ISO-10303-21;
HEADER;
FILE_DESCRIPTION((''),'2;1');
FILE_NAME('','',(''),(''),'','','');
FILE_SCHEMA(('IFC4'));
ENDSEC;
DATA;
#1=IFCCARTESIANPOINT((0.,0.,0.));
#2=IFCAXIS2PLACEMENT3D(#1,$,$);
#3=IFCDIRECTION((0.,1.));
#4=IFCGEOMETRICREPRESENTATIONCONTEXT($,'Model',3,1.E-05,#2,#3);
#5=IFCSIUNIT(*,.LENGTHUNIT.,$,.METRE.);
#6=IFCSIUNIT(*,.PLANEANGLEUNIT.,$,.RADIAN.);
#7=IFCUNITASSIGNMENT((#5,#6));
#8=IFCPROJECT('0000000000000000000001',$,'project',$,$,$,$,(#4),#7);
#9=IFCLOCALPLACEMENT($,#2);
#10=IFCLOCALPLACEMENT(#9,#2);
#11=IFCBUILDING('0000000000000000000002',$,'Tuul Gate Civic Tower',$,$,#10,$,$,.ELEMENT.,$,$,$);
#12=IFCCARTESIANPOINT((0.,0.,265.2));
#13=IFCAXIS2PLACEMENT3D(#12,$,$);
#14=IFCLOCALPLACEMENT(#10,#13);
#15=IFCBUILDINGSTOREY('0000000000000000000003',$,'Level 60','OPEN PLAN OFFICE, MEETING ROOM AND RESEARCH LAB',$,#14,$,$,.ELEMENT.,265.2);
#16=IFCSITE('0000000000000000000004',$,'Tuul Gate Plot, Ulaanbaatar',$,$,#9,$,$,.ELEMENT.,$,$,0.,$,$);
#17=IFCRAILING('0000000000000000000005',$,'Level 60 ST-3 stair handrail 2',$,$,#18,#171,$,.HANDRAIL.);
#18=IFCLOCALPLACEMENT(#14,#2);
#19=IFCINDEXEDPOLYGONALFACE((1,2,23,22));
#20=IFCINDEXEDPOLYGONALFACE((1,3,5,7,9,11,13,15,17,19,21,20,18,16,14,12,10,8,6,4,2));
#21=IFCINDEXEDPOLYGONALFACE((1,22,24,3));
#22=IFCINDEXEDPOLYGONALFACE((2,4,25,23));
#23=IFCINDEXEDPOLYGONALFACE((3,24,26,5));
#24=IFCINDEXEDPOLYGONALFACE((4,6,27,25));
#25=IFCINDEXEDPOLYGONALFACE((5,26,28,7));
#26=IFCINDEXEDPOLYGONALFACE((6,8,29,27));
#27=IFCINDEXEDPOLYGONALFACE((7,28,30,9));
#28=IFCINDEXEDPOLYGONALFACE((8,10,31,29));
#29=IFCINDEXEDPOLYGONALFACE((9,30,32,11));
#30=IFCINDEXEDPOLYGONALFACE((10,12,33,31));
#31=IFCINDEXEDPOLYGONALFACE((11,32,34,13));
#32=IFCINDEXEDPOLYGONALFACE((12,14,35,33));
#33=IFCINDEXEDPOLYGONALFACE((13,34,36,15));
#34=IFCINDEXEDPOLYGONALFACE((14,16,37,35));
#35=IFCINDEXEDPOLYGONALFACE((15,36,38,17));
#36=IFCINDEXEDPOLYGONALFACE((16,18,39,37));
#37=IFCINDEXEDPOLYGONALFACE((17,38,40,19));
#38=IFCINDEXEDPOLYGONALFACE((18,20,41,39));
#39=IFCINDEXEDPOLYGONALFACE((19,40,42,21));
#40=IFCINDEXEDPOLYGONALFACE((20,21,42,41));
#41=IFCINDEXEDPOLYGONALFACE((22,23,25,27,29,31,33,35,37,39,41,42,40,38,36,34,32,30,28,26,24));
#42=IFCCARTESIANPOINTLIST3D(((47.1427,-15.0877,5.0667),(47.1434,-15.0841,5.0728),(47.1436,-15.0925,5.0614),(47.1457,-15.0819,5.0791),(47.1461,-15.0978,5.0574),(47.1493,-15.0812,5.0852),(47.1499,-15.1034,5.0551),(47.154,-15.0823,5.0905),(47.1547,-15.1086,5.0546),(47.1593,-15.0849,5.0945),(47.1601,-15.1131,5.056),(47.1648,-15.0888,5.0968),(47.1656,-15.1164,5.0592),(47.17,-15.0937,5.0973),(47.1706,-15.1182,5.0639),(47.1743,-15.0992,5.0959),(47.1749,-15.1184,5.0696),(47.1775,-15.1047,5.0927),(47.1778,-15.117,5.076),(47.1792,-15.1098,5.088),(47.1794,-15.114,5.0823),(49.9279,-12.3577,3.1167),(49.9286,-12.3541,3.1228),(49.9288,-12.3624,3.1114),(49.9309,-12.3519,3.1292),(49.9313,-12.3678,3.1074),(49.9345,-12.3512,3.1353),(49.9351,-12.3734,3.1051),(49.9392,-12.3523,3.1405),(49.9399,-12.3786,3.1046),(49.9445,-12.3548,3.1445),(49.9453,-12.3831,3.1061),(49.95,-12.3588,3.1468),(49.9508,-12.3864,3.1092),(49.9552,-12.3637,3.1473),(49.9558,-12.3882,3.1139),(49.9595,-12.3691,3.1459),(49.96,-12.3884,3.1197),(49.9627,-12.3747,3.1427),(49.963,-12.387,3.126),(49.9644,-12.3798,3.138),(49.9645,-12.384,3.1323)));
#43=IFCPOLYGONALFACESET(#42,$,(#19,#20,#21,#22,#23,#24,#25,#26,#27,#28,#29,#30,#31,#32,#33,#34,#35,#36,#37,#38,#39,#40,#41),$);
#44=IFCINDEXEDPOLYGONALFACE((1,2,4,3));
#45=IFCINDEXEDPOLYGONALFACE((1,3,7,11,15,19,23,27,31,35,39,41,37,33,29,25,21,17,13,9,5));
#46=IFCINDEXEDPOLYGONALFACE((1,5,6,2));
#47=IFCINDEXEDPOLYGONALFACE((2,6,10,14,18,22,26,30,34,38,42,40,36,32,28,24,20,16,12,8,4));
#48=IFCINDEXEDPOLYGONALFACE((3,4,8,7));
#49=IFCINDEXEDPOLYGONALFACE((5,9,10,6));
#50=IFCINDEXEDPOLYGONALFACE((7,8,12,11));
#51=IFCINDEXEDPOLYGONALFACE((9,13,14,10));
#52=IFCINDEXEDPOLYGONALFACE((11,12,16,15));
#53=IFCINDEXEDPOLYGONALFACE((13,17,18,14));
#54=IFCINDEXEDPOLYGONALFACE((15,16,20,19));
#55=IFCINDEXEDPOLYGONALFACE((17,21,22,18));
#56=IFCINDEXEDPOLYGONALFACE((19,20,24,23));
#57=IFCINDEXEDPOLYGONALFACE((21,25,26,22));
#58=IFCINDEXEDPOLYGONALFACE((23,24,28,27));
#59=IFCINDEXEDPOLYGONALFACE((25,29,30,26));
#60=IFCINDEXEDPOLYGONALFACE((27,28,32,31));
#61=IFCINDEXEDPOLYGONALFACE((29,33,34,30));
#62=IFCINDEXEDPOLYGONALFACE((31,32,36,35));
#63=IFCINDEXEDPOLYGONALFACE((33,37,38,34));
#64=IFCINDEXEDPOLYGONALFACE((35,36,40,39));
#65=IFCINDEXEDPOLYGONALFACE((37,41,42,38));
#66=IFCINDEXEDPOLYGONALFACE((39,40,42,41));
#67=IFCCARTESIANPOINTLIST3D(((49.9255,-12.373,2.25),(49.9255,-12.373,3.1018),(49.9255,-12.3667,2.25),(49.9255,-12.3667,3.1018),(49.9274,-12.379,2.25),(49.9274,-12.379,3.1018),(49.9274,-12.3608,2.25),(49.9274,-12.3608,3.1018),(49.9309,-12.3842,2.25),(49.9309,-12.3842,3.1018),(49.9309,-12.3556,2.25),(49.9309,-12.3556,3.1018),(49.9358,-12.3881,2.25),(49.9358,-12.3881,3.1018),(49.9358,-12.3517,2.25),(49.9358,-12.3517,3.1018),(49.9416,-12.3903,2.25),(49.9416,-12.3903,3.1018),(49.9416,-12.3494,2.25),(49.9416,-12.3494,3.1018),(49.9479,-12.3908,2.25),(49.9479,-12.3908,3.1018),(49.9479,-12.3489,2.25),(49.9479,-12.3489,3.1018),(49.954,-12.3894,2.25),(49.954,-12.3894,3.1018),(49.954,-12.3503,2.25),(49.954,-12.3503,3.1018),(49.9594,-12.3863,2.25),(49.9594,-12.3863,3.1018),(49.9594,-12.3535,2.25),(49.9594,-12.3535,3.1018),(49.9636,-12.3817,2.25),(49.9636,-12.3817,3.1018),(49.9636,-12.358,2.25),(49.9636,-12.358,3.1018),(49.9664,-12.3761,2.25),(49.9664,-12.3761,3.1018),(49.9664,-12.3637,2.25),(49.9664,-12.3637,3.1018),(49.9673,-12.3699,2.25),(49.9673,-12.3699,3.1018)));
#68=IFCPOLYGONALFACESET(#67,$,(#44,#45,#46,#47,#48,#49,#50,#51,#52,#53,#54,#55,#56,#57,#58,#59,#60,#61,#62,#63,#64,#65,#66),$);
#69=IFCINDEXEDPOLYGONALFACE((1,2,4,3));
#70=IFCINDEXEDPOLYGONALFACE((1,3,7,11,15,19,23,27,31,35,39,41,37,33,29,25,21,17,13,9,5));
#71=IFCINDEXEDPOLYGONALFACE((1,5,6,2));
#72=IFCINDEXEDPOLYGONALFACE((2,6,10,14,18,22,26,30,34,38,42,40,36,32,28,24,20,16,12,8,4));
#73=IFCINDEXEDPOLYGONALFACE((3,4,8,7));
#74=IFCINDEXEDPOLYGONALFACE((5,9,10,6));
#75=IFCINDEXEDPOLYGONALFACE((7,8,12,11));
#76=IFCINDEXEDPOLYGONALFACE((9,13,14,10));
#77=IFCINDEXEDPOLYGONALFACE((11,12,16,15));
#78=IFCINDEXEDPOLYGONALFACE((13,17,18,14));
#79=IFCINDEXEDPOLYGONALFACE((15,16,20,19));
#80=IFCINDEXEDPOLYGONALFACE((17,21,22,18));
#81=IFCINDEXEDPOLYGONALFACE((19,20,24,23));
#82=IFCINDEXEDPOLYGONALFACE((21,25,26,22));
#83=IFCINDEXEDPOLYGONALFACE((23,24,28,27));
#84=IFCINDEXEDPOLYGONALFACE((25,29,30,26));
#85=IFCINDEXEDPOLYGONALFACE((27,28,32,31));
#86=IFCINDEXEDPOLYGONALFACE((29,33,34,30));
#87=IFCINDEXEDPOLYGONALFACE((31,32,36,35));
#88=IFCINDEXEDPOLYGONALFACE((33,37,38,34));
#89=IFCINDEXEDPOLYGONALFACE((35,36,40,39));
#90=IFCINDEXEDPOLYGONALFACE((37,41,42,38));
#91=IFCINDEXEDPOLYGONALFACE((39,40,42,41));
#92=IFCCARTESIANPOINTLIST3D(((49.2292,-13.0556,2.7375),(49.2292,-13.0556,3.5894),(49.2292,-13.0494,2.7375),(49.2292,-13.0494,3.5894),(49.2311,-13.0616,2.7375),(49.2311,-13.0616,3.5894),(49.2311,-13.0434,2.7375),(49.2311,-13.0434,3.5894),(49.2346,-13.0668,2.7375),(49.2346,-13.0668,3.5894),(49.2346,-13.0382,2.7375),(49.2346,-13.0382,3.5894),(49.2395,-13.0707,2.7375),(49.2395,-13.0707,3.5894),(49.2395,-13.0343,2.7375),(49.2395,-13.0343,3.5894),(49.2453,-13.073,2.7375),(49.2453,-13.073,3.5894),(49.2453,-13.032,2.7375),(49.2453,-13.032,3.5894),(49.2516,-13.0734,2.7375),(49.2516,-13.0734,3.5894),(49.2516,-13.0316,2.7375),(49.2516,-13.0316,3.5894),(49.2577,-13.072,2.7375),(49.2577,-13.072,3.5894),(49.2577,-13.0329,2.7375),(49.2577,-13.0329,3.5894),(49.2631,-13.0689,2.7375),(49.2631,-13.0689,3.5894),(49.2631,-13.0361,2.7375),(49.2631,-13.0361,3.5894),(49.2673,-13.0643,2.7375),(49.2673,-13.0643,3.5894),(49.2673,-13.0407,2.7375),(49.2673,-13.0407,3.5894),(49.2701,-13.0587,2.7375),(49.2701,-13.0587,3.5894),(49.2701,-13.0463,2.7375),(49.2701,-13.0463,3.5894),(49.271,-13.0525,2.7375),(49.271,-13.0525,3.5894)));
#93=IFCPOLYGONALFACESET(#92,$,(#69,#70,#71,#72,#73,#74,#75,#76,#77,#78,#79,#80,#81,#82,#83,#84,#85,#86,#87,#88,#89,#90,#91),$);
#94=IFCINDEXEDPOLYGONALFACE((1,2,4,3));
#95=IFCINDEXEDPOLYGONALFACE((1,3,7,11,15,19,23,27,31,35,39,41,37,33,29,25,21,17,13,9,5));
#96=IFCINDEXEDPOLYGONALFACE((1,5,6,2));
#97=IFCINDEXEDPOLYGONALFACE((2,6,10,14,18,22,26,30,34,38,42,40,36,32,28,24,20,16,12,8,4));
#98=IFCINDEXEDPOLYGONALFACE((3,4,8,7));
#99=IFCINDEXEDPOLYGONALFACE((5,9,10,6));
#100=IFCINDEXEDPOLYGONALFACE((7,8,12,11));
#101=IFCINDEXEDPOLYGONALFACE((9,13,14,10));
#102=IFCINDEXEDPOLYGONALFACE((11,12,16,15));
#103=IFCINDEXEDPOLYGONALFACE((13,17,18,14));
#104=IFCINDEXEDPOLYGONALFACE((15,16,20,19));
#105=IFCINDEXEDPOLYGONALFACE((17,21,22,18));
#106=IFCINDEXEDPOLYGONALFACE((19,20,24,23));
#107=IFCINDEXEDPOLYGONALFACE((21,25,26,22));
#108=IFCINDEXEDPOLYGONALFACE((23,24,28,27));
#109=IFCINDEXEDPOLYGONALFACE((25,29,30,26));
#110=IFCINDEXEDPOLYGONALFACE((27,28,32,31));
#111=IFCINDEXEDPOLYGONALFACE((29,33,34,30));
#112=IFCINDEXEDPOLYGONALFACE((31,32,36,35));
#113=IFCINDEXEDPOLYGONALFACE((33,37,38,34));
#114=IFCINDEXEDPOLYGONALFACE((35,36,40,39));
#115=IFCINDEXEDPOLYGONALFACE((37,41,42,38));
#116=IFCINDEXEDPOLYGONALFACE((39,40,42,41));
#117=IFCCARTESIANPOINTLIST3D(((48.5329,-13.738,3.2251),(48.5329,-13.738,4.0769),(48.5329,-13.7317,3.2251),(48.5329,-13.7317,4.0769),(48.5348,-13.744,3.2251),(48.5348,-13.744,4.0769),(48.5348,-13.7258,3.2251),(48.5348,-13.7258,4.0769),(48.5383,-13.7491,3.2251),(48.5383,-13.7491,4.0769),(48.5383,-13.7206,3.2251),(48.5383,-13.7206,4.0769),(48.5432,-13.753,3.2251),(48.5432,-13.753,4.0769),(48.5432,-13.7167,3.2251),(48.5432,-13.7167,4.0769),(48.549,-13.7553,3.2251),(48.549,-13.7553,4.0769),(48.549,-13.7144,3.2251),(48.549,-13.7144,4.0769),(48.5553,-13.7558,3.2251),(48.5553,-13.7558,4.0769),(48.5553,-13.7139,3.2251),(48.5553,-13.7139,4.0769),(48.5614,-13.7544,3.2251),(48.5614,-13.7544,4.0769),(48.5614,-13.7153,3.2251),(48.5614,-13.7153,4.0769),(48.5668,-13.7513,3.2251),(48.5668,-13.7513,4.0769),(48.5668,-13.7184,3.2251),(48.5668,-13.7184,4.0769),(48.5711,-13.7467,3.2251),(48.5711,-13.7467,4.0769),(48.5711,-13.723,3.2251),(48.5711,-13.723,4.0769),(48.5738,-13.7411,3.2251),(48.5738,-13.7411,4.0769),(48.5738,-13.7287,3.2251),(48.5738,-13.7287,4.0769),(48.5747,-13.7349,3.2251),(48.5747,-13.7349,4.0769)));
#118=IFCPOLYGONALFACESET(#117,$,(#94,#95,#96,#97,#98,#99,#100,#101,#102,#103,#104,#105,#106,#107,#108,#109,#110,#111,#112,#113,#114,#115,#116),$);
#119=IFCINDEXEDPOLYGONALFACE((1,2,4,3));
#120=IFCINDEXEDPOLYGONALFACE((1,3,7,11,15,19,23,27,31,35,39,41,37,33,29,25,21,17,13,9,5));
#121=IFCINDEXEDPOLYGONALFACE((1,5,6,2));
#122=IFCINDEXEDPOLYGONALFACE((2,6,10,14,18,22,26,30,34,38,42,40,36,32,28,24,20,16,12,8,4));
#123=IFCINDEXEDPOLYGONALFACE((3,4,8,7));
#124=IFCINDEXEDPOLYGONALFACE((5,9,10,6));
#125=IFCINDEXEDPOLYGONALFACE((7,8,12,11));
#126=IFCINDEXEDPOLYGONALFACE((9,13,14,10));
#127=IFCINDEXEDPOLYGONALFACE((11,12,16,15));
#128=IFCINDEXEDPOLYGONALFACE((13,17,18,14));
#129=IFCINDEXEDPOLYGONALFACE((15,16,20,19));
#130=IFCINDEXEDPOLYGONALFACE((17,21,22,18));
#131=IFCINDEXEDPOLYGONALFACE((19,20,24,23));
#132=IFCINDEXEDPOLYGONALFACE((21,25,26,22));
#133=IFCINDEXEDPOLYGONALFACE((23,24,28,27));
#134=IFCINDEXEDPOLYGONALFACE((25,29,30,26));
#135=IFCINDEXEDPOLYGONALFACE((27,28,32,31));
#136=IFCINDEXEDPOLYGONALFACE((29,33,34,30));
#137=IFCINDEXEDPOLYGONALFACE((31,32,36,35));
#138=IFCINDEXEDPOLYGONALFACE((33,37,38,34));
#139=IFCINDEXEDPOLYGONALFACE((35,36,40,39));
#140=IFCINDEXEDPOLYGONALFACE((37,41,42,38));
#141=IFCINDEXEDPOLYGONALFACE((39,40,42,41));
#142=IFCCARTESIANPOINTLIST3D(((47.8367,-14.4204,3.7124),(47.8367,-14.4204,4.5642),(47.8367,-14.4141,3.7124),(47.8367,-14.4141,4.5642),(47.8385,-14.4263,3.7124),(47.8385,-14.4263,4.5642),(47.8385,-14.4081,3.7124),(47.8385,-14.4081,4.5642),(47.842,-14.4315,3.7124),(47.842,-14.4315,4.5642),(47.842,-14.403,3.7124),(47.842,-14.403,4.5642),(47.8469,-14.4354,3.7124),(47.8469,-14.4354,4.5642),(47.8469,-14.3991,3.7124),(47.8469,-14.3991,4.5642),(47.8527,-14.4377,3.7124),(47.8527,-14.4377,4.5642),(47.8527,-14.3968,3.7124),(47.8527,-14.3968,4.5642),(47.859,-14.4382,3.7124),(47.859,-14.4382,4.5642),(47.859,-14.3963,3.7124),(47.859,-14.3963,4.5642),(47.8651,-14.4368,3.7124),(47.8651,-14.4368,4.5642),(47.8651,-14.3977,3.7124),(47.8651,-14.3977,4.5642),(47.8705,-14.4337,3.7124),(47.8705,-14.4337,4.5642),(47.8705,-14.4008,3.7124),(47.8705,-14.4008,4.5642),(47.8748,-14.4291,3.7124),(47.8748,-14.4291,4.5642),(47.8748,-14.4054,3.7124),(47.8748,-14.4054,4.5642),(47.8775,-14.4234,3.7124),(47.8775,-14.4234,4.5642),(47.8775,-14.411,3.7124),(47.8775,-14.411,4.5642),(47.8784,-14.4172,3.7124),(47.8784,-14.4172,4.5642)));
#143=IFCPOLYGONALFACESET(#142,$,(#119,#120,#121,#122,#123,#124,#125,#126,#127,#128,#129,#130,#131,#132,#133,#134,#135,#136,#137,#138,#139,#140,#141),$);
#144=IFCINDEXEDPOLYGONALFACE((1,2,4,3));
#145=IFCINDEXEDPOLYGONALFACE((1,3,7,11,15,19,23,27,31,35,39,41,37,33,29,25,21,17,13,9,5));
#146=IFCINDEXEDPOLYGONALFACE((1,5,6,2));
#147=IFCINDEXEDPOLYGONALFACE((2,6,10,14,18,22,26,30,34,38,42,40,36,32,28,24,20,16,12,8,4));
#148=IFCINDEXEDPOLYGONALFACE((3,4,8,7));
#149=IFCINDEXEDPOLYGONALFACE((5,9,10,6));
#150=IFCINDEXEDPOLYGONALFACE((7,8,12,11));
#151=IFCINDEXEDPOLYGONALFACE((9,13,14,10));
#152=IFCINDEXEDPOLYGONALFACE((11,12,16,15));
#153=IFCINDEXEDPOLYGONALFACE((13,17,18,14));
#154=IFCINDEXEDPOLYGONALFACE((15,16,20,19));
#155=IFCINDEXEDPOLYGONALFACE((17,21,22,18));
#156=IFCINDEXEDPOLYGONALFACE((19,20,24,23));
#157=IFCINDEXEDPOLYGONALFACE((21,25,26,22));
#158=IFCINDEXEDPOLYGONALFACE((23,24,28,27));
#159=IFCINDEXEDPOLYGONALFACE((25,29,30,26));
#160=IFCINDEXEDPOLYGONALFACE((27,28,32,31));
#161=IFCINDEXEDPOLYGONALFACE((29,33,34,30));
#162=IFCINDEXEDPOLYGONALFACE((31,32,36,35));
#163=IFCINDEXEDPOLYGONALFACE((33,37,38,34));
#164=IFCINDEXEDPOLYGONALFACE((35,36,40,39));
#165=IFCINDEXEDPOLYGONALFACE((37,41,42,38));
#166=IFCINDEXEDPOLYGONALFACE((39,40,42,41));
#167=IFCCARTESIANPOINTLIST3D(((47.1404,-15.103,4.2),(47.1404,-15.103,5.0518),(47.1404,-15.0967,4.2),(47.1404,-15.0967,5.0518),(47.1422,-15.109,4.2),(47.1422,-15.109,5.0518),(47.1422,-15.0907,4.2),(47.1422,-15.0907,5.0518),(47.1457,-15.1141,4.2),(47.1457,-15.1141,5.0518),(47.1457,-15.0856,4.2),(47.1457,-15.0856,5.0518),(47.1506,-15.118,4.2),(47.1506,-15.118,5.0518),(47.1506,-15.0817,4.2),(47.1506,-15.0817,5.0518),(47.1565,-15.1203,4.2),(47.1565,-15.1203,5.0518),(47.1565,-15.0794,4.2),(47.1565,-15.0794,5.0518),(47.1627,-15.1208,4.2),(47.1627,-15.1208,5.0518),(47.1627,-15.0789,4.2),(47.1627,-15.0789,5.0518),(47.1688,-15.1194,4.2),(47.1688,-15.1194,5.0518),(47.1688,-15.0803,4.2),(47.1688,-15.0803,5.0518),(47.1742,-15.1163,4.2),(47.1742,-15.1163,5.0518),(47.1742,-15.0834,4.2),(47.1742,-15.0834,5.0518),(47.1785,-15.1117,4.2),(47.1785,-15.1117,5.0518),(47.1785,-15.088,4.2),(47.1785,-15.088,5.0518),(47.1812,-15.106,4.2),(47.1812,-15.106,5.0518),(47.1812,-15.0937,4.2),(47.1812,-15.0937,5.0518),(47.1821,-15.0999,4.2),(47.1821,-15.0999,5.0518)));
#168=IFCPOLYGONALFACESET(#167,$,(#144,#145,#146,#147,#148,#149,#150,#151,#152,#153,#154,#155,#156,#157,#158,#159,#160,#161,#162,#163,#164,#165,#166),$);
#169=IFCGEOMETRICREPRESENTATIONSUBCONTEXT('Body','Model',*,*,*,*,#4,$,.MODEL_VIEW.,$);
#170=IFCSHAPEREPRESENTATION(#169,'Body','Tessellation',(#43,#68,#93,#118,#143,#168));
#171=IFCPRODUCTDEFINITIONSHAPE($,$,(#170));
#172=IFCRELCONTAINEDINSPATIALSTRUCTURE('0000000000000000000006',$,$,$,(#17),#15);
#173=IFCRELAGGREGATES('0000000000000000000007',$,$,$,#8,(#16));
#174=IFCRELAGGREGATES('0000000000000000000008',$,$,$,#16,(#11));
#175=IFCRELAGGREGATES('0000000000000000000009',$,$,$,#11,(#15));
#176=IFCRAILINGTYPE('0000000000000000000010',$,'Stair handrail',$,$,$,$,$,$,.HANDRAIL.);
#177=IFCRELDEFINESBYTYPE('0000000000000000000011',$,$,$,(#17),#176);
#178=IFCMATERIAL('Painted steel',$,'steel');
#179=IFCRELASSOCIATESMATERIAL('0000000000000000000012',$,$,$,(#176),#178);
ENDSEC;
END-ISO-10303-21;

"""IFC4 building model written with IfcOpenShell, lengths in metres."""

from ifc_helpers import new_model, si_unit, direction, frame, origin, origin_2d, place, context, subcontext, project, spatial, circle, extrude, material, type_object, element, save


model = new_model("IFC4")

# Units and contexts
model_context = context("Model", 3, precision=1e-05, world=origin(), true_north=direction((0.0, 1.0)))
body_context = subcontext(model_context, "Body", "Model", "MODEL_VIEW")
ifc_project = project(units=[si_unit("LENGTHUNIT", "METRE"), si_unit("PLANEANGLEUNIT", "RADIAN")], contexts=[model_context])

# Site, building, storey
site_placement = place(None, origin())
site = spatial("IfcSite", under=ifc_project, at=site_placement, Name="Tuul Gate Plot, Ulaanbaatar", CompositionType="ELEMENT", RefElevation=0.0)
building_placement = place(site_placement, origin())
building = spatial("IfcBuilding", under=site, at=building_placement, Name="Tuul Gate Civic Tower", CompositionType="ELEMENT")
storey_placement = place(building_placement, frame((0.0, 0.0, 265.2)))
storey = spatial("IfcBuildingStorey", under=building, at=storey_placement, Name="Level 60", Description="OPEN PLAN OFFICE, MEETING ROOM AND RESEARCH LAB", CompositionType="ELEMENT", Elevation=265.2)

# Railing
ifc_material_1 = material(Name="Painted steel", Category="steel")
railing_type = type_object("IfcRailingType", Name="Stair handrail", PredefinedType="HANDRAIL", material=ifc_material_1)
railing_placement = place(storey_placement, frame((49.9463, -12.3699, 2.25)))
element("IfcRailing", 1, at=railing_placement, inside=storey, type_object=railing_type, Name="Level 60 ST-3 stair handrail 2", PredefinedType="HANDRAIL", context=body_context, shape_type="SweptSolid", body=[
    extrude(circle(Radius=0.0239, at=origin_2d()), frame((0.0, 0.0, 0.876), z_axis=(-0.638754, -0.6261, 0.447206), x_axis=(0.699998, -0.714145, 0.0)), (0.0, 0.0, 1.0), 4.3604),
    extrude(circle(Radius=0.021, at=origin_2d()), origin(), (0.0, 0.0, 1.0), 0.8518),
    extrude(circle(Radius=0.021, at=origin_2d()), frame((-0.6963, -0.6826, 0.4875)), (0.0, 0.0, 1.0), 0.8518),
    extrude(circle(Radius=0.021, at=origin_2d()), frame((-1.3926, -1.365, 0.9751)), (0.0, 0.0, 1.0), 0.8518),
    extrude(circle(Radius=0.021, at=origin_2d()), frame((-2.0889, -2.0474, 1.4624)), (0.0, 0.0, 1.0), 0.8518),
    extrude(circle(Radius=0.021, at=origin_2d()), frame((-2.7852, -2.73, 1.95)), (0.0, 0.0, 1.0), 0.8518),
])

save(model, "model.ifc")
